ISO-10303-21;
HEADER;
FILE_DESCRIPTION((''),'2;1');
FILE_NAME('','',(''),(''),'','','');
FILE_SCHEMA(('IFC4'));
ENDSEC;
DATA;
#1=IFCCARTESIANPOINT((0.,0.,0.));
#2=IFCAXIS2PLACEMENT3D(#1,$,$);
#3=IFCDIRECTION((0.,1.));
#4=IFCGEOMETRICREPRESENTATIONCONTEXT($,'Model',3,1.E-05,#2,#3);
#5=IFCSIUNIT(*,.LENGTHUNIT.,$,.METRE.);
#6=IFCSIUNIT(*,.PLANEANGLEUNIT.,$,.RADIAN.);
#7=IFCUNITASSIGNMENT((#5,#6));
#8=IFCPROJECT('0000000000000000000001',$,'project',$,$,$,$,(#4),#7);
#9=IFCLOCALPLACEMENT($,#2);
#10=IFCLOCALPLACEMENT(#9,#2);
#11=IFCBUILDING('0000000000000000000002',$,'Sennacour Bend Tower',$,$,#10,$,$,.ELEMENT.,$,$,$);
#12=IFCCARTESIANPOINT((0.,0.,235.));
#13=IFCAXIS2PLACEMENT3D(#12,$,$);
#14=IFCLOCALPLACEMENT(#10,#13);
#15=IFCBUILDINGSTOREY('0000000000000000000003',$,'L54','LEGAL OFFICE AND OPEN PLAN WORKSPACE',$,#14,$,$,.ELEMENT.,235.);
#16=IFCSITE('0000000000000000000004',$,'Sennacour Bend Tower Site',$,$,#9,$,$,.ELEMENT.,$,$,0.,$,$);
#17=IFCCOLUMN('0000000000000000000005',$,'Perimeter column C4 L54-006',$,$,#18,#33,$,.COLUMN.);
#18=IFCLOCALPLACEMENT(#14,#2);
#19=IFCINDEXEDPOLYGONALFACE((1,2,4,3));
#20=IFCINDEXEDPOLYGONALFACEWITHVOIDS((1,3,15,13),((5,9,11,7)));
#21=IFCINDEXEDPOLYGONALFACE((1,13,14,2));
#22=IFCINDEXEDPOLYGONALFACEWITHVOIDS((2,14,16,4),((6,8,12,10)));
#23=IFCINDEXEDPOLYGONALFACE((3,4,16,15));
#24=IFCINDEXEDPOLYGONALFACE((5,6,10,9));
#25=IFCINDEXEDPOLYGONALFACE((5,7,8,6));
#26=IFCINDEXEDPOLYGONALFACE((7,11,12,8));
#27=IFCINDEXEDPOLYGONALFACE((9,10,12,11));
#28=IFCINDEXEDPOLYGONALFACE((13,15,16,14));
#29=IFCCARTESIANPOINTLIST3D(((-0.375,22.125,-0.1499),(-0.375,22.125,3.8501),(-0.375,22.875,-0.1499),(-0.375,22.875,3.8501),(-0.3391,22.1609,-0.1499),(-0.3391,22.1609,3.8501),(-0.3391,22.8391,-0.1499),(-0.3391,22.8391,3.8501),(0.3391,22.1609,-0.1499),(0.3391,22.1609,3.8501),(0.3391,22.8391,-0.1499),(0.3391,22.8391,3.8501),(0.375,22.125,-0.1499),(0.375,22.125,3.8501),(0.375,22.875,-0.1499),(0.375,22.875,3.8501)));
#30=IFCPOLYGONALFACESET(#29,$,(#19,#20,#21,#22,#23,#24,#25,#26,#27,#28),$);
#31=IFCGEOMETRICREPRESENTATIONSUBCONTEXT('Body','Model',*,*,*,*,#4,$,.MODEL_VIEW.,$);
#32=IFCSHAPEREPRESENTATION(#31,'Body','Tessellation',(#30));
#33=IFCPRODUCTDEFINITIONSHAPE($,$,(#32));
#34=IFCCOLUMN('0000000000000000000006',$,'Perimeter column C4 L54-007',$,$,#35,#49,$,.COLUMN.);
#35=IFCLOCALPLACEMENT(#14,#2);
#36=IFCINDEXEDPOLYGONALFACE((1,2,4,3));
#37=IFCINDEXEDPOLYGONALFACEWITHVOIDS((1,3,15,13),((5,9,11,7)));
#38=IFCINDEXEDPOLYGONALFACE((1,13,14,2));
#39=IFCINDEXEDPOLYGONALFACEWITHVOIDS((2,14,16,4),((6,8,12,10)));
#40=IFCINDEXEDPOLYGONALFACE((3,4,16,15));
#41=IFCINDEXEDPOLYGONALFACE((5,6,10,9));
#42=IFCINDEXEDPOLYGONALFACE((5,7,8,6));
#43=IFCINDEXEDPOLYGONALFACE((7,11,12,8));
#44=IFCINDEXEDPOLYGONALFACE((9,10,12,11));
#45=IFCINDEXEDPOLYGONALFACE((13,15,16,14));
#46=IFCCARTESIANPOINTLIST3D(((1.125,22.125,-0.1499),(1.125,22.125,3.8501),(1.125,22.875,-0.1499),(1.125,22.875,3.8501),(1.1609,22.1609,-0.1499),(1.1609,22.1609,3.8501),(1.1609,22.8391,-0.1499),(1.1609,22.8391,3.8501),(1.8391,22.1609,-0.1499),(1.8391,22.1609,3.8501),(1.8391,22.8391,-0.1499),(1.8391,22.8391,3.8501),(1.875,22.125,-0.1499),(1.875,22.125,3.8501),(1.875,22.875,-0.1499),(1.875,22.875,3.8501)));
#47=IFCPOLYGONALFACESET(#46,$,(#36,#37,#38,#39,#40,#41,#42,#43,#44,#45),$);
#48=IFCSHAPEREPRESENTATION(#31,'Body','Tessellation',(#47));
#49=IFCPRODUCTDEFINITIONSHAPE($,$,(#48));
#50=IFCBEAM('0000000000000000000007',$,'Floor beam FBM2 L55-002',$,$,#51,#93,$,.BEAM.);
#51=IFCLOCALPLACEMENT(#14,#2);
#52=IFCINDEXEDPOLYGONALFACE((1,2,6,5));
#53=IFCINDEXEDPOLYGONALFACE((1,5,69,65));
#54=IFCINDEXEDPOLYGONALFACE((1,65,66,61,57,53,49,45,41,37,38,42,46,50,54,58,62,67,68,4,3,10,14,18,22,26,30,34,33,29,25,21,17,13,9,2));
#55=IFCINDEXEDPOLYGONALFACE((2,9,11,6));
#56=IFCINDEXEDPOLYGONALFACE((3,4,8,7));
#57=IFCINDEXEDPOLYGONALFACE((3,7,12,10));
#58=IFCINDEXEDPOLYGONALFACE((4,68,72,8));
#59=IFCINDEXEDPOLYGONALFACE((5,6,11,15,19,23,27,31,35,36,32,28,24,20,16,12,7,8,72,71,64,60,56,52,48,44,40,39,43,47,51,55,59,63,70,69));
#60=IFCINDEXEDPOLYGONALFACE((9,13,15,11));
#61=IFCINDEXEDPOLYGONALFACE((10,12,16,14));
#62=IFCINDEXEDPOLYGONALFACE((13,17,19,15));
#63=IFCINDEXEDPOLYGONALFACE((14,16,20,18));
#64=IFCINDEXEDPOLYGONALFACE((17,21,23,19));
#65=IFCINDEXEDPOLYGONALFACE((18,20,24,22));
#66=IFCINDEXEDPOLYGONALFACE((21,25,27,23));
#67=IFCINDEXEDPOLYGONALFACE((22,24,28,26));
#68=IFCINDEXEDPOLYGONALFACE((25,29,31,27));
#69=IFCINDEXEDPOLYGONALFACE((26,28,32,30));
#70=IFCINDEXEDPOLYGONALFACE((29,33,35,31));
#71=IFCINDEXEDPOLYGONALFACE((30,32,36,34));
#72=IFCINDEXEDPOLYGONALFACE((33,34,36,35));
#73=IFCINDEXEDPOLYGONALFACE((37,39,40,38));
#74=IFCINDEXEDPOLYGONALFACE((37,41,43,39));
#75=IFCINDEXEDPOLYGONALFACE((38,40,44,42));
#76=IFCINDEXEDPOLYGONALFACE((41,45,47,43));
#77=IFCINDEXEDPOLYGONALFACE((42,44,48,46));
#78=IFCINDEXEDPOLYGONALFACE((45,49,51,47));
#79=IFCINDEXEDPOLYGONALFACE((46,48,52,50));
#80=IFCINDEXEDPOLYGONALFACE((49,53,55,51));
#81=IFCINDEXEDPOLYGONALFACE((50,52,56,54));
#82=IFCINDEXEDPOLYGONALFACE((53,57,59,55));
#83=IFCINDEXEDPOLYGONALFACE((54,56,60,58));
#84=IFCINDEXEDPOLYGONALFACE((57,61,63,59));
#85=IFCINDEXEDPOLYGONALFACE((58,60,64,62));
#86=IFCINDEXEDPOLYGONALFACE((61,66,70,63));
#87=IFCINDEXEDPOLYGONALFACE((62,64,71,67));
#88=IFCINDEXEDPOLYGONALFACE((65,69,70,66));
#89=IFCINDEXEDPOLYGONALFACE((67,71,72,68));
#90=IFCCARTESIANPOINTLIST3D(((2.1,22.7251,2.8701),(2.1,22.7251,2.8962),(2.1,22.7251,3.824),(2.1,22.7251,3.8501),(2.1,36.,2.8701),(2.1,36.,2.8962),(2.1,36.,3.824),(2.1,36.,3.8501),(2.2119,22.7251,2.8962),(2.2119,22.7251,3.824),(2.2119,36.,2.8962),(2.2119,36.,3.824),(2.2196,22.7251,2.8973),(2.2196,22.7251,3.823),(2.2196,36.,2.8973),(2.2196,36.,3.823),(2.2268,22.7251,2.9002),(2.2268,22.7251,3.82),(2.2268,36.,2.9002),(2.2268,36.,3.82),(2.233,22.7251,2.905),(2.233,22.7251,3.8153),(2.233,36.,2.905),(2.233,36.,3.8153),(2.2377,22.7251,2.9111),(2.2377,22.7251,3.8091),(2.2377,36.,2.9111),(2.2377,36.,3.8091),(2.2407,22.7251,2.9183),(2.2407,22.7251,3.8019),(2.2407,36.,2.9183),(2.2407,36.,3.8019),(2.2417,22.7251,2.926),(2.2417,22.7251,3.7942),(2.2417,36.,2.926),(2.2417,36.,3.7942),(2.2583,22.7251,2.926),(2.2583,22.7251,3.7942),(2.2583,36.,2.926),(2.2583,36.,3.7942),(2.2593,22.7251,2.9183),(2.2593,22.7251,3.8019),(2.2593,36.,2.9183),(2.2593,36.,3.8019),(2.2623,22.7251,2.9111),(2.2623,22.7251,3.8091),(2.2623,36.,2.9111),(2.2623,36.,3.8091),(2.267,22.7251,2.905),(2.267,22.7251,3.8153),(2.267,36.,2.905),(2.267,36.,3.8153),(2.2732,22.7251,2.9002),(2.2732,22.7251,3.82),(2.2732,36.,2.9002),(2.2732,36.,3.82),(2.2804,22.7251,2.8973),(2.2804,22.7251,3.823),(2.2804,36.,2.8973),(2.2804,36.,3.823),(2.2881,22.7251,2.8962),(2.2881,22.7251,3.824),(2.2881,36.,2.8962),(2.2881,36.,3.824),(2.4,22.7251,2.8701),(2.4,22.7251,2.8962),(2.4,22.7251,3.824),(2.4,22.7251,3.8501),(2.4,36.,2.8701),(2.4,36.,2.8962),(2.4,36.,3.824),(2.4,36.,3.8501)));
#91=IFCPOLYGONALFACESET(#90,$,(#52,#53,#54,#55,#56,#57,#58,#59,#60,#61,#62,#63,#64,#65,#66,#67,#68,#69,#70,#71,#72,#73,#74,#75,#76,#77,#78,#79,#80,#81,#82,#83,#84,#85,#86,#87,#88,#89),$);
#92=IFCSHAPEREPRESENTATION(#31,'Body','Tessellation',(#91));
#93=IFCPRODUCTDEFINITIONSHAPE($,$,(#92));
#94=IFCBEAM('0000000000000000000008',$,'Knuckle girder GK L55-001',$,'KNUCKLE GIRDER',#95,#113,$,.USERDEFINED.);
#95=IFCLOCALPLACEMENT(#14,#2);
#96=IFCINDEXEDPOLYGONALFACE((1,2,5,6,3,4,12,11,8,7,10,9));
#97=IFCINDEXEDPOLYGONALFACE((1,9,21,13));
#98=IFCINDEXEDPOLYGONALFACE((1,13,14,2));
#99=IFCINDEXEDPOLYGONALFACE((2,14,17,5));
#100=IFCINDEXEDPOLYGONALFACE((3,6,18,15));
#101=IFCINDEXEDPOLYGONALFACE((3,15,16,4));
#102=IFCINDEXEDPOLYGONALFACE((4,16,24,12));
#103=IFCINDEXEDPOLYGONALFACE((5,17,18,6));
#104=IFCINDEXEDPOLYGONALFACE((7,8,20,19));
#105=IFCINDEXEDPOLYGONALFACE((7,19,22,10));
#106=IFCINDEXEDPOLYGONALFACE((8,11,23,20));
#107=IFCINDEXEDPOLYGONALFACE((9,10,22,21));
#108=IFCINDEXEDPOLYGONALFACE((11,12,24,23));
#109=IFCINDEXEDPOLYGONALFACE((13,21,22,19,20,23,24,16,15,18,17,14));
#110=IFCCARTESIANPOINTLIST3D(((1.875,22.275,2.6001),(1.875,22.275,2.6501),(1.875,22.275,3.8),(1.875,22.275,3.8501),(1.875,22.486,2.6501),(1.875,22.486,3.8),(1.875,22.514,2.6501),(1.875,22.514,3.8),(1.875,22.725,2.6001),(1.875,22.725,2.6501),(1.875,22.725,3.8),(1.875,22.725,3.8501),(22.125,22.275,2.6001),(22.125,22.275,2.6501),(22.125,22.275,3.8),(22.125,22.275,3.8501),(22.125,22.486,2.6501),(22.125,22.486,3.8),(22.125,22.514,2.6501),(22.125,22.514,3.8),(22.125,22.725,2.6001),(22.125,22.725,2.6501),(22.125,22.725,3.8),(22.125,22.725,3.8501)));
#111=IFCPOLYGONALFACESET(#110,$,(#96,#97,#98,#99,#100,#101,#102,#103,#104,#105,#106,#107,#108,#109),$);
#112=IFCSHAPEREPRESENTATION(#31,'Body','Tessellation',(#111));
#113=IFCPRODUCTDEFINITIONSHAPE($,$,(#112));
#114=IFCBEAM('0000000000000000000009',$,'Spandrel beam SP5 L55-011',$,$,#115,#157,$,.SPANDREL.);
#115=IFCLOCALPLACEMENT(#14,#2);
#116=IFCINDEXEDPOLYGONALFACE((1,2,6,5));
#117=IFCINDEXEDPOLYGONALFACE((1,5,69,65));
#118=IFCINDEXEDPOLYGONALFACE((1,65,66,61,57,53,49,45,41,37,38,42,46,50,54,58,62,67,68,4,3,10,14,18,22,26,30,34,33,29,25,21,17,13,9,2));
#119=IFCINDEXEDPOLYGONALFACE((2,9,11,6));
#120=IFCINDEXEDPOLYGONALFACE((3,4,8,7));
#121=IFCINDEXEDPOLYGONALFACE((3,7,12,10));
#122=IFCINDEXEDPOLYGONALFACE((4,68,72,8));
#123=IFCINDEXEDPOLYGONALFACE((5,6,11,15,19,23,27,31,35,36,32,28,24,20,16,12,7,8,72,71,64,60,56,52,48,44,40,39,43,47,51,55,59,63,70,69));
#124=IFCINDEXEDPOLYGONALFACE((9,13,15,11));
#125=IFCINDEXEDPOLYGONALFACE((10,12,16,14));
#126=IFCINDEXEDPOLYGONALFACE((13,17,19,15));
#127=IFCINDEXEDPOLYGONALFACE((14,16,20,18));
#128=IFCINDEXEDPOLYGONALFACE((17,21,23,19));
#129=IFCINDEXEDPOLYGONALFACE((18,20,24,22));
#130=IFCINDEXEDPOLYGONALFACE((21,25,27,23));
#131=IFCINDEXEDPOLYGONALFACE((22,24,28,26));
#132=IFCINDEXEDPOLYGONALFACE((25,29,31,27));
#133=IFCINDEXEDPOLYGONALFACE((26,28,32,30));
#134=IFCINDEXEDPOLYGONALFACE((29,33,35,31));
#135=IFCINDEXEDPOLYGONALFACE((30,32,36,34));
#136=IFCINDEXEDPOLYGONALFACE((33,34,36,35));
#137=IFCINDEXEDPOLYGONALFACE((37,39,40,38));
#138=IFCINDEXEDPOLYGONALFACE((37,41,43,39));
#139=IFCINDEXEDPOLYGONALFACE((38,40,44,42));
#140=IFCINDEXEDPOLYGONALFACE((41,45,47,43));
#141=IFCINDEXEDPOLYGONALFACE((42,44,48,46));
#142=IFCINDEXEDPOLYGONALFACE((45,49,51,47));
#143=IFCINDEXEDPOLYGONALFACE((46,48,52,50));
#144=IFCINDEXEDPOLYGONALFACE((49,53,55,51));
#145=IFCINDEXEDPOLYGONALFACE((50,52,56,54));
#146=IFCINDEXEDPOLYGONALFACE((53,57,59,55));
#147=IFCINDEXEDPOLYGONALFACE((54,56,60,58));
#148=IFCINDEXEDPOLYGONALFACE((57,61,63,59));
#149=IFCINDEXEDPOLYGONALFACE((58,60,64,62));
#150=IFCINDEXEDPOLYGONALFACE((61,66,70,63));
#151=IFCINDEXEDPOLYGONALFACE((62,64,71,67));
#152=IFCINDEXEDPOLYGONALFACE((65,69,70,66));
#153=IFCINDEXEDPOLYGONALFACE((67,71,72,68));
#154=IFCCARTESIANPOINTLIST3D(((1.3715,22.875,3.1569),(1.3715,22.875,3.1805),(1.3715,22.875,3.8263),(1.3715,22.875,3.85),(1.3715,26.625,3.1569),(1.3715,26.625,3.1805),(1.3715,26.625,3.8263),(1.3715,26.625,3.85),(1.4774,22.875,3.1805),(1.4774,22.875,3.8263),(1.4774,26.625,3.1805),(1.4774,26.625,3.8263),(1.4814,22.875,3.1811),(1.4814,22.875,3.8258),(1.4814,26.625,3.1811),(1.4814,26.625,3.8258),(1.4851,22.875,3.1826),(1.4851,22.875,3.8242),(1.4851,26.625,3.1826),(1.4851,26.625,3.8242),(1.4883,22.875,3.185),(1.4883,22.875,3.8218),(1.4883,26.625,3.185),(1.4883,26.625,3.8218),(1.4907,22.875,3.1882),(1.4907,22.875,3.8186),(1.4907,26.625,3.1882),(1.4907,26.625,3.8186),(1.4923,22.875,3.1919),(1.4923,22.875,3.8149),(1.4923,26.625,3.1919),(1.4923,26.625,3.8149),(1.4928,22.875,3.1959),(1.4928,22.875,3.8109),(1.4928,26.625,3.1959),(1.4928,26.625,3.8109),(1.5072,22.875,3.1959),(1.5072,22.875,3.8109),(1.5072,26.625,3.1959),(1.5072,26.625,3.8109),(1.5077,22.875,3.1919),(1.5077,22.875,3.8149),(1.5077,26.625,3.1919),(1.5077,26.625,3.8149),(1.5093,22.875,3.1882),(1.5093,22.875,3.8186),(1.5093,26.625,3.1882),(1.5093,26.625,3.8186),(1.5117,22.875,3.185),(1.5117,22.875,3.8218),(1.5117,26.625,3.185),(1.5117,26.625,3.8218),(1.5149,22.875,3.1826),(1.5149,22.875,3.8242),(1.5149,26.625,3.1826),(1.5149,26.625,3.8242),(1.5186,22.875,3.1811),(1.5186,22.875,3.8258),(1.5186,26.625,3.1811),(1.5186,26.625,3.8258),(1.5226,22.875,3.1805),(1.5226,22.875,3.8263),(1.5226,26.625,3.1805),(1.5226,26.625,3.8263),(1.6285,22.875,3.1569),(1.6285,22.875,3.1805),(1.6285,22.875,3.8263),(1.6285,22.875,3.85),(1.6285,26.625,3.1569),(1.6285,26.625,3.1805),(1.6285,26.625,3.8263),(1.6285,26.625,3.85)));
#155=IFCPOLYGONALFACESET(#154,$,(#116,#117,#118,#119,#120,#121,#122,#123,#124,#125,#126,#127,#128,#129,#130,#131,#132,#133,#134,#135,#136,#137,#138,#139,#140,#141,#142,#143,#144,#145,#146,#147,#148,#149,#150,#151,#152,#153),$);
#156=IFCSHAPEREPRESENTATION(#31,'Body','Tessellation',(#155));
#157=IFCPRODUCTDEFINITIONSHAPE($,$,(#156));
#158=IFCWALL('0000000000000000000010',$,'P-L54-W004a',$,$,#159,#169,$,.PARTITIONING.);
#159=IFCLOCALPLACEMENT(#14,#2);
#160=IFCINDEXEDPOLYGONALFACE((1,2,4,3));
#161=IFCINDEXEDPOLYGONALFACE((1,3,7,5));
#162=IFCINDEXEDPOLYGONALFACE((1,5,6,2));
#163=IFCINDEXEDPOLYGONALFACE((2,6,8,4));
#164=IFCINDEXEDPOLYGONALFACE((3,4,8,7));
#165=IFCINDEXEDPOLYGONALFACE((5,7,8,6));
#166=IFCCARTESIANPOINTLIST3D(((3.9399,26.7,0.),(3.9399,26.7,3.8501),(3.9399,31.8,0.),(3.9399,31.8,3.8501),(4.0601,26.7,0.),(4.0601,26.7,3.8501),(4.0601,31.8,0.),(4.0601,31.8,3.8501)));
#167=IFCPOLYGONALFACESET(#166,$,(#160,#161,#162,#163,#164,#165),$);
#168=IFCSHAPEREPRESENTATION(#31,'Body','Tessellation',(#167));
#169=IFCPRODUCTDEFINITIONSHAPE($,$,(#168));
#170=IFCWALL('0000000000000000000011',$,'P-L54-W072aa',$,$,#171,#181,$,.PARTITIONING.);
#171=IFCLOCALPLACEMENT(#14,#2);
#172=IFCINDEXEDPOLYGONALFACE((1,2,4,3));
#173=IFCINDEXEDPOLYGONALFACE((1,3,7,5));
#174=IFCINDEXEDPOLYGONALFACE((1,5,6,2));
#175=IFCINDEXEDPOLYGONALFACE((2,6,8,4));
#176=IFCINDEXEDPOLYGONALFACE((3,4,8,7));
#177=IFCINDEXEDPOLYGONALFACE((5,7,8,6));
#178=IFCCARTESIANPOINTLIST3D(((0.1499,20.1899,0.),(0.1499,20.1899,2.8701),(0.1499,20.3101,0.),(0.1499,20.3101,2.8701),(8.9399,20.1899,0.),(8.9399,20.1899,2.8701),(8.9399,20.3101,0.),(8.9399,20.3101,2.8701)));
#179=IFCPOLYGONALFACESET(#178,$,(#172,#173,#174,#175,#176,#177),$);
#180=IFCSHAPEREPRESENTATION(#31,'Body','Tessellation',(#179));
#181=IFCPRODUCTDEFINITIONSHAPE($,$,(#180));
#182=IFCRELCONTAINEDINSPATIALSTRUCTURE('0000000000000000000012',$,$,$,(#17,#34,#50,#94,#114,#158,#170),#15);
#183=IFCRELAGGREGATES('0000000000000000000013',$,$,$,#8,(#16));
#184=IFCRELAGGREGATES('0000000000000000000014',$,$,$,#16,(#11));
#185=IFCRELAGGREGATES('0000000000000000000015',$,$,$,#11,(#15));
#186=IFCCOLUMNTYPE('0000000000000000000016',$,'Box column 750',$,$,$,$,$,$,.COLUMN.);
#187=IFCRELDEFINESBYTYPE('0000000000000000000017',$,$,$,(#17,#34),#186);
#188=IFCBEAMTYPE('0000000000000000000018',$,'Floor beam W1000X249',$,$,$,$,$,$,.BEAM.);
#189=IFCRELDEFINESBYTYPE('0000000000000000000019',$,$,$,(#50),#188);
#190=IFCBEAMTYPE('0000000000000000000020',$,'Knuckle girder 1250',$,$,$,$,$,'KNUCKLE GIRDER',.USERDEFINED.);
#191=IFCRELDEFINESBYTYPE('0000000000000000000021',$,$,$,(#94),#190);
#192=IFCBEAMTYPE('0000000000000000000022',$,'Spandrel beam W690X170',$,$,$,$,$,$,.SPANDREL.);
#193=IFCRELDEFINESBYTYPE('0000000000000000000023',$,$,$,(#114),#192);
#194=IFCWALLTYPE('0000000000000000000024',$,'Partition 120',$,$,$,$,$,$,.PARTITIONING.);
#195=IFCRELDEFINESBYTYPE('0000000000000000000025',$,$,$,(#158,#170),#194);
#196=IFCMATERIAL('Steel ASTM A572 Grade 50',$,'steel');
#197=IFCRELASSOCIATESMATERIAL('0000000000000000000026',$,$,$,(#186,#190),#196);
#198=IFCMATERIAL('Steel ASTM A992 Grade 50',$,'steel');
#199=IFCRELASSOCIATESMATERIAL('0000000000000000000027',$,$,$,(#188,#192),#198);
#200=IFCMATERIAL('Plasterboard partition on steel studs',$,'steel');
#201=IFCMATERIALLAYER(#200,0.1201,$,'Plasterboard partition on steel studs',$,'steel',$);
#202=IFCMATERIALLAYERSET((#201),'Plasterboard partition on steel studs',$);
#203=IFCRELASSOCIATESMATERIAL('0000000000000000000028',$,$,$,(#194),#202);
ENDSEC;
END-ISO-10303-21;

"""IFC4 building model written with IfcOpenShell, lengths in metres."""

from ifc_helpers import new_model, si_unit, direction, frame, frame_2d, origin, origin_2d, place, context, subcontext, project, spatial, rectangle, hollow_rectangle, i_section, extrude, material, layer, layer_set, material_profile, profile_set, type_object, element, save


model = new_model("IFC4")

# Units and contexts
model_context = context("Model", 3, precision=1e-05, world=origin(), true_north=direction((0.0, 1.0)))
body_context = subcontext(model_context, "Body", "Model", "MODEL_VIEW")
ifc_project = project(units=[si_unit("LENGTHUNIT", "METRE"), si_unit("PLANEANGLEUNIT", "RADIAN")], contexts=[model_context])

# Site, building, storey
site_placement = place(None, origin())
site = spatial("IfcSite", under=ifc_project, at=site_placement, Name="Sennacour Bend Tower Site", CompositionType="ELEMENT", RefElevation=0.0)
building_placement = place(site_placement, origin())
building = spatial("IfcBuilding", under=site, at=building_placement, Name="Sennacour Bend Tower", CompositionType="ELEMENT")
storey_placement = place(building_placement, frame((0.0, 0.0, 235.0)))
storey = spatial("IfcBuildingStorey", under=building, at=storey_placement, Name="L54", Description="LEGAL OFFICE AND OPEN PLAN WORKSPACE", CompositionType="ELEMENT", Elevation=235.0)

# Columns
ifc_material_1 = material(Name="Steel ASTM A572 Grade 50", Category="steel")
ifc_material_profile_1 = material_profile(ifc_material_1, hollow_rectangle(XDim=0.75, YDim=0.75, WallThickness=0.0359, at=origin_2d()), Name="Steel ASTM A572 Grade 50", Category="steel")
ifc_profile_set_1 = profile_set([ifc_material_profile_1], Name="Steel ASTM A572 Grade 50")
column_type = type_object("IfcColumnType", Name="Box column 750", PredefinedType="COLUMN", material=ifc_profile_set_1)
for number, where, z_axis, x_axis, name in (
    (1, (0.0, 22.5, -0.1499), (0.0, 0.0, 1.0), (1.0, 0.0, 0.0), "Perimeter column C4 L54-006"),
    (2, (1.5, 22.5, -0.1499), (0.0, 0.0, 1.0), (1.0, 0.0, 0.0), "Perimeter column C4 L54-007"),
):
    element("IfcColumn", number, at=place(storey_placement, frame(where, z_axis=z_axis, x_axis=x_axis)), inside=storey, type_object=column_type, Name=name, PredefinedType="COLUMN", context=body_context, shape_type="SweptSolid", body=[
        extrude(hollow_rectangle(XDim=0.75, YDim=0.75, WallThickness=0.0359, at=origin_2d()), origin(), (0.0, 0.0, 1.0), 4.0),
    ])

# Beams
ifc_material_2 = material(Name="Steel ASTM A992 Grade 50", Category="steel")
ifc_material_profile_2 = material_profile(ifc_material_2, i_section(OverallWidth=0.3, OverallDepth=0.98, WebThickness=0.0166, FlangeThickness=0.0261, FilletRadius=0.0298, at=origin_2d()), Name="Steel ASTM A992 Grade 50", Category="steel")
ifc_profile_set_2 = profile_set([ifc_material_profile_2], Name="Steel ASTM A992 Grade 50")
beam_type_1 = type_object("IfcBeamType", Name="Floor beam W1000X249", PredefinedType="BEAM", material=ifc_profile_set_2)
beam_1_placement = place(storey_placement, frame((2.25, 22.7251, 3.3601), z_axis=(0.0, 1.0, 0.0), x_axis=(-1.0, 0.0, 0.0)))
element("IfcBeam", 3, at=beam_1_placement, inside=storey, type_object=beam_type_1, Name="Floor beam FBM2 L55-002", PredefinedType="BEAM", context=body_context, shape_type="SweptSolid", body=[
    extrude(i_section(OverallWidth=0.3, OverallDepth=0.98, WebThickness=0.0166, FlangeThickness=0.0261, FilletRadius=0.0298, at=origin_2d()), origin(), (0.0, 0.0, 1.0), 13.2749),
])
ifc_material_profile_3 = material_profile(ifc_material_1, i_section(OverallWidth=0.45, OverallDepth=1.25, WebThickness=0.0281, FlangeThickness=0.05, at=origin_2d()), Name="Steel ASTM A572 Grade 50", Category="steel")
ifc_profile_set_3 = profile_set([ifc_material_profile_3], Name="Steel ASTM A572 Grade 50")
beam_type_2 = type_object("IfcBeamType", Name="Knuckle girder 1250", ElementType="KNUCKLE GIRDER", PredefinedType="USERDEFINED", material=ifc_profile_set_3)
beam_2_placement = place(storey_placement, frame((1.875, 22.5, 3.2251), z_axis=(1.0, 0.0, 0.0), x_axis=(0.0, 1.0, 0.0)))
element("IfcBeam", 4, at=beam_2_placement, inside=storey, type_object=beam_type_2, Name="Knuckle girder GK L55-001", ObjectType="KNUCKLE GIRDER", PredefinedType="USERDEFINED", context=body_context, shape_type="SweptSolid", body=[
    extrude(i_section(OverallWidth=0.45, OverallDepth=1.25, WebThickness=0.0281, FlangeThickness=0.05, at=origin_2d()), origin(), (0.0, 0.0, 1.0), 20.25),
])
ifc_material_profile_4 = material_profile(ifc_material_2, i_section(OverallWidth=0.2571, OverallDepth=0.6931, WebThickness=0.0144, FlangeThickness=0.0237, FilletRadius=0.0154, at=origin_2d()), Name="Steel ASTM A992 Grade 50", Category="steel")
ifc_profile_set_4 = profile_set([ifc_material_profile_4], Name="Steel ASTM A992 Grade 50")
beam_type_3 = type_object("IfcBeamType", Name="Spandrel beam W690X170", PredefinedType="SPANDREL", material=ifc_profile_set_4)
beam_3_placement = place(storey_placement, frame((1.5, 22.875, 3.5034), z_axis=(0.0, 1.0, 0.0), x_axis=(-1.0, 0.0, 0.0)))
element("IfcBeam", 5, at=beam_3_placement, inside=storey, type_object=beam_type_3, Name="Spandrel beam SP5 L55-011", PredefinedType="SPANDREL", context=body_context, shape_type="SweptSolid", body=[
    extrude(i_section(OverallWidth=0.2571, OverallDepth=0.6931, WebThickness=0.0144, FlangeThickness=0.0237, FilletRadius=0.0154, at=origin_2d()), origin(), (0.0, 0.0, 1.0), 3.75),
])

# Walls
ifc_material_3 = material(Name="Plasterboard partition on steel studs", Category="steel")
ifc_layer_1 = layer(ifc_material_3, 0.1201, Name="Plasterboard partition on steel studs", Category="steel")
ifc_layer_set_1 = layer_set([ifc_layer_1], Name="Plasterboard partition on steel studs")
wall_type_1 = type_object("IfcWallType", Name="Partition 120", PredefinedType="PARTITIONING", material=ifc_layer_set_1)
wall_1_placement = place(storey_placement, frame((4.0, 26.7, 0.0), z_axis=(0.0, 0.0, 1.0), x_axis=(0.0, 1.0, 0.0)))
element("IfcWall", 6, at=wall_1_placement, inside=storey, type_object=wall_type_1, Name="P-L54-W004a", PredefinedType="PARTITIONING", context=body_context, shape_type="SweptSolid", body=[
    extrude(rectangle(XDim=5.1001, YDim=0.1201, at=frame_2d((2.55, 0.0))), origin(), (0.0, 0.0, 1.0), 3.8501),
])
wall_2_placement = place(storey_placement, frame((0.1499, 20.25, 0.0), z_axis=(0.0, 0.0, 1.0), x_axis=(1.0, 0.0, 0.0)))
element("IfcWall", 7, at=wall_2_placement, inside=storey, type_object=wall_type_1, Name="P-L54-W072aa", PredefinedType="PARTITIONING", context=body_context, shape_type="SweptSolid", body=[
    extrude(rectangle(XDim=8.79, YDim=0.1201, at=frame_2d((4.395, 0.0))), origin(), (0.0, 0.0, 1.0), 2.8701),
])

save(model, "model.ifc")
